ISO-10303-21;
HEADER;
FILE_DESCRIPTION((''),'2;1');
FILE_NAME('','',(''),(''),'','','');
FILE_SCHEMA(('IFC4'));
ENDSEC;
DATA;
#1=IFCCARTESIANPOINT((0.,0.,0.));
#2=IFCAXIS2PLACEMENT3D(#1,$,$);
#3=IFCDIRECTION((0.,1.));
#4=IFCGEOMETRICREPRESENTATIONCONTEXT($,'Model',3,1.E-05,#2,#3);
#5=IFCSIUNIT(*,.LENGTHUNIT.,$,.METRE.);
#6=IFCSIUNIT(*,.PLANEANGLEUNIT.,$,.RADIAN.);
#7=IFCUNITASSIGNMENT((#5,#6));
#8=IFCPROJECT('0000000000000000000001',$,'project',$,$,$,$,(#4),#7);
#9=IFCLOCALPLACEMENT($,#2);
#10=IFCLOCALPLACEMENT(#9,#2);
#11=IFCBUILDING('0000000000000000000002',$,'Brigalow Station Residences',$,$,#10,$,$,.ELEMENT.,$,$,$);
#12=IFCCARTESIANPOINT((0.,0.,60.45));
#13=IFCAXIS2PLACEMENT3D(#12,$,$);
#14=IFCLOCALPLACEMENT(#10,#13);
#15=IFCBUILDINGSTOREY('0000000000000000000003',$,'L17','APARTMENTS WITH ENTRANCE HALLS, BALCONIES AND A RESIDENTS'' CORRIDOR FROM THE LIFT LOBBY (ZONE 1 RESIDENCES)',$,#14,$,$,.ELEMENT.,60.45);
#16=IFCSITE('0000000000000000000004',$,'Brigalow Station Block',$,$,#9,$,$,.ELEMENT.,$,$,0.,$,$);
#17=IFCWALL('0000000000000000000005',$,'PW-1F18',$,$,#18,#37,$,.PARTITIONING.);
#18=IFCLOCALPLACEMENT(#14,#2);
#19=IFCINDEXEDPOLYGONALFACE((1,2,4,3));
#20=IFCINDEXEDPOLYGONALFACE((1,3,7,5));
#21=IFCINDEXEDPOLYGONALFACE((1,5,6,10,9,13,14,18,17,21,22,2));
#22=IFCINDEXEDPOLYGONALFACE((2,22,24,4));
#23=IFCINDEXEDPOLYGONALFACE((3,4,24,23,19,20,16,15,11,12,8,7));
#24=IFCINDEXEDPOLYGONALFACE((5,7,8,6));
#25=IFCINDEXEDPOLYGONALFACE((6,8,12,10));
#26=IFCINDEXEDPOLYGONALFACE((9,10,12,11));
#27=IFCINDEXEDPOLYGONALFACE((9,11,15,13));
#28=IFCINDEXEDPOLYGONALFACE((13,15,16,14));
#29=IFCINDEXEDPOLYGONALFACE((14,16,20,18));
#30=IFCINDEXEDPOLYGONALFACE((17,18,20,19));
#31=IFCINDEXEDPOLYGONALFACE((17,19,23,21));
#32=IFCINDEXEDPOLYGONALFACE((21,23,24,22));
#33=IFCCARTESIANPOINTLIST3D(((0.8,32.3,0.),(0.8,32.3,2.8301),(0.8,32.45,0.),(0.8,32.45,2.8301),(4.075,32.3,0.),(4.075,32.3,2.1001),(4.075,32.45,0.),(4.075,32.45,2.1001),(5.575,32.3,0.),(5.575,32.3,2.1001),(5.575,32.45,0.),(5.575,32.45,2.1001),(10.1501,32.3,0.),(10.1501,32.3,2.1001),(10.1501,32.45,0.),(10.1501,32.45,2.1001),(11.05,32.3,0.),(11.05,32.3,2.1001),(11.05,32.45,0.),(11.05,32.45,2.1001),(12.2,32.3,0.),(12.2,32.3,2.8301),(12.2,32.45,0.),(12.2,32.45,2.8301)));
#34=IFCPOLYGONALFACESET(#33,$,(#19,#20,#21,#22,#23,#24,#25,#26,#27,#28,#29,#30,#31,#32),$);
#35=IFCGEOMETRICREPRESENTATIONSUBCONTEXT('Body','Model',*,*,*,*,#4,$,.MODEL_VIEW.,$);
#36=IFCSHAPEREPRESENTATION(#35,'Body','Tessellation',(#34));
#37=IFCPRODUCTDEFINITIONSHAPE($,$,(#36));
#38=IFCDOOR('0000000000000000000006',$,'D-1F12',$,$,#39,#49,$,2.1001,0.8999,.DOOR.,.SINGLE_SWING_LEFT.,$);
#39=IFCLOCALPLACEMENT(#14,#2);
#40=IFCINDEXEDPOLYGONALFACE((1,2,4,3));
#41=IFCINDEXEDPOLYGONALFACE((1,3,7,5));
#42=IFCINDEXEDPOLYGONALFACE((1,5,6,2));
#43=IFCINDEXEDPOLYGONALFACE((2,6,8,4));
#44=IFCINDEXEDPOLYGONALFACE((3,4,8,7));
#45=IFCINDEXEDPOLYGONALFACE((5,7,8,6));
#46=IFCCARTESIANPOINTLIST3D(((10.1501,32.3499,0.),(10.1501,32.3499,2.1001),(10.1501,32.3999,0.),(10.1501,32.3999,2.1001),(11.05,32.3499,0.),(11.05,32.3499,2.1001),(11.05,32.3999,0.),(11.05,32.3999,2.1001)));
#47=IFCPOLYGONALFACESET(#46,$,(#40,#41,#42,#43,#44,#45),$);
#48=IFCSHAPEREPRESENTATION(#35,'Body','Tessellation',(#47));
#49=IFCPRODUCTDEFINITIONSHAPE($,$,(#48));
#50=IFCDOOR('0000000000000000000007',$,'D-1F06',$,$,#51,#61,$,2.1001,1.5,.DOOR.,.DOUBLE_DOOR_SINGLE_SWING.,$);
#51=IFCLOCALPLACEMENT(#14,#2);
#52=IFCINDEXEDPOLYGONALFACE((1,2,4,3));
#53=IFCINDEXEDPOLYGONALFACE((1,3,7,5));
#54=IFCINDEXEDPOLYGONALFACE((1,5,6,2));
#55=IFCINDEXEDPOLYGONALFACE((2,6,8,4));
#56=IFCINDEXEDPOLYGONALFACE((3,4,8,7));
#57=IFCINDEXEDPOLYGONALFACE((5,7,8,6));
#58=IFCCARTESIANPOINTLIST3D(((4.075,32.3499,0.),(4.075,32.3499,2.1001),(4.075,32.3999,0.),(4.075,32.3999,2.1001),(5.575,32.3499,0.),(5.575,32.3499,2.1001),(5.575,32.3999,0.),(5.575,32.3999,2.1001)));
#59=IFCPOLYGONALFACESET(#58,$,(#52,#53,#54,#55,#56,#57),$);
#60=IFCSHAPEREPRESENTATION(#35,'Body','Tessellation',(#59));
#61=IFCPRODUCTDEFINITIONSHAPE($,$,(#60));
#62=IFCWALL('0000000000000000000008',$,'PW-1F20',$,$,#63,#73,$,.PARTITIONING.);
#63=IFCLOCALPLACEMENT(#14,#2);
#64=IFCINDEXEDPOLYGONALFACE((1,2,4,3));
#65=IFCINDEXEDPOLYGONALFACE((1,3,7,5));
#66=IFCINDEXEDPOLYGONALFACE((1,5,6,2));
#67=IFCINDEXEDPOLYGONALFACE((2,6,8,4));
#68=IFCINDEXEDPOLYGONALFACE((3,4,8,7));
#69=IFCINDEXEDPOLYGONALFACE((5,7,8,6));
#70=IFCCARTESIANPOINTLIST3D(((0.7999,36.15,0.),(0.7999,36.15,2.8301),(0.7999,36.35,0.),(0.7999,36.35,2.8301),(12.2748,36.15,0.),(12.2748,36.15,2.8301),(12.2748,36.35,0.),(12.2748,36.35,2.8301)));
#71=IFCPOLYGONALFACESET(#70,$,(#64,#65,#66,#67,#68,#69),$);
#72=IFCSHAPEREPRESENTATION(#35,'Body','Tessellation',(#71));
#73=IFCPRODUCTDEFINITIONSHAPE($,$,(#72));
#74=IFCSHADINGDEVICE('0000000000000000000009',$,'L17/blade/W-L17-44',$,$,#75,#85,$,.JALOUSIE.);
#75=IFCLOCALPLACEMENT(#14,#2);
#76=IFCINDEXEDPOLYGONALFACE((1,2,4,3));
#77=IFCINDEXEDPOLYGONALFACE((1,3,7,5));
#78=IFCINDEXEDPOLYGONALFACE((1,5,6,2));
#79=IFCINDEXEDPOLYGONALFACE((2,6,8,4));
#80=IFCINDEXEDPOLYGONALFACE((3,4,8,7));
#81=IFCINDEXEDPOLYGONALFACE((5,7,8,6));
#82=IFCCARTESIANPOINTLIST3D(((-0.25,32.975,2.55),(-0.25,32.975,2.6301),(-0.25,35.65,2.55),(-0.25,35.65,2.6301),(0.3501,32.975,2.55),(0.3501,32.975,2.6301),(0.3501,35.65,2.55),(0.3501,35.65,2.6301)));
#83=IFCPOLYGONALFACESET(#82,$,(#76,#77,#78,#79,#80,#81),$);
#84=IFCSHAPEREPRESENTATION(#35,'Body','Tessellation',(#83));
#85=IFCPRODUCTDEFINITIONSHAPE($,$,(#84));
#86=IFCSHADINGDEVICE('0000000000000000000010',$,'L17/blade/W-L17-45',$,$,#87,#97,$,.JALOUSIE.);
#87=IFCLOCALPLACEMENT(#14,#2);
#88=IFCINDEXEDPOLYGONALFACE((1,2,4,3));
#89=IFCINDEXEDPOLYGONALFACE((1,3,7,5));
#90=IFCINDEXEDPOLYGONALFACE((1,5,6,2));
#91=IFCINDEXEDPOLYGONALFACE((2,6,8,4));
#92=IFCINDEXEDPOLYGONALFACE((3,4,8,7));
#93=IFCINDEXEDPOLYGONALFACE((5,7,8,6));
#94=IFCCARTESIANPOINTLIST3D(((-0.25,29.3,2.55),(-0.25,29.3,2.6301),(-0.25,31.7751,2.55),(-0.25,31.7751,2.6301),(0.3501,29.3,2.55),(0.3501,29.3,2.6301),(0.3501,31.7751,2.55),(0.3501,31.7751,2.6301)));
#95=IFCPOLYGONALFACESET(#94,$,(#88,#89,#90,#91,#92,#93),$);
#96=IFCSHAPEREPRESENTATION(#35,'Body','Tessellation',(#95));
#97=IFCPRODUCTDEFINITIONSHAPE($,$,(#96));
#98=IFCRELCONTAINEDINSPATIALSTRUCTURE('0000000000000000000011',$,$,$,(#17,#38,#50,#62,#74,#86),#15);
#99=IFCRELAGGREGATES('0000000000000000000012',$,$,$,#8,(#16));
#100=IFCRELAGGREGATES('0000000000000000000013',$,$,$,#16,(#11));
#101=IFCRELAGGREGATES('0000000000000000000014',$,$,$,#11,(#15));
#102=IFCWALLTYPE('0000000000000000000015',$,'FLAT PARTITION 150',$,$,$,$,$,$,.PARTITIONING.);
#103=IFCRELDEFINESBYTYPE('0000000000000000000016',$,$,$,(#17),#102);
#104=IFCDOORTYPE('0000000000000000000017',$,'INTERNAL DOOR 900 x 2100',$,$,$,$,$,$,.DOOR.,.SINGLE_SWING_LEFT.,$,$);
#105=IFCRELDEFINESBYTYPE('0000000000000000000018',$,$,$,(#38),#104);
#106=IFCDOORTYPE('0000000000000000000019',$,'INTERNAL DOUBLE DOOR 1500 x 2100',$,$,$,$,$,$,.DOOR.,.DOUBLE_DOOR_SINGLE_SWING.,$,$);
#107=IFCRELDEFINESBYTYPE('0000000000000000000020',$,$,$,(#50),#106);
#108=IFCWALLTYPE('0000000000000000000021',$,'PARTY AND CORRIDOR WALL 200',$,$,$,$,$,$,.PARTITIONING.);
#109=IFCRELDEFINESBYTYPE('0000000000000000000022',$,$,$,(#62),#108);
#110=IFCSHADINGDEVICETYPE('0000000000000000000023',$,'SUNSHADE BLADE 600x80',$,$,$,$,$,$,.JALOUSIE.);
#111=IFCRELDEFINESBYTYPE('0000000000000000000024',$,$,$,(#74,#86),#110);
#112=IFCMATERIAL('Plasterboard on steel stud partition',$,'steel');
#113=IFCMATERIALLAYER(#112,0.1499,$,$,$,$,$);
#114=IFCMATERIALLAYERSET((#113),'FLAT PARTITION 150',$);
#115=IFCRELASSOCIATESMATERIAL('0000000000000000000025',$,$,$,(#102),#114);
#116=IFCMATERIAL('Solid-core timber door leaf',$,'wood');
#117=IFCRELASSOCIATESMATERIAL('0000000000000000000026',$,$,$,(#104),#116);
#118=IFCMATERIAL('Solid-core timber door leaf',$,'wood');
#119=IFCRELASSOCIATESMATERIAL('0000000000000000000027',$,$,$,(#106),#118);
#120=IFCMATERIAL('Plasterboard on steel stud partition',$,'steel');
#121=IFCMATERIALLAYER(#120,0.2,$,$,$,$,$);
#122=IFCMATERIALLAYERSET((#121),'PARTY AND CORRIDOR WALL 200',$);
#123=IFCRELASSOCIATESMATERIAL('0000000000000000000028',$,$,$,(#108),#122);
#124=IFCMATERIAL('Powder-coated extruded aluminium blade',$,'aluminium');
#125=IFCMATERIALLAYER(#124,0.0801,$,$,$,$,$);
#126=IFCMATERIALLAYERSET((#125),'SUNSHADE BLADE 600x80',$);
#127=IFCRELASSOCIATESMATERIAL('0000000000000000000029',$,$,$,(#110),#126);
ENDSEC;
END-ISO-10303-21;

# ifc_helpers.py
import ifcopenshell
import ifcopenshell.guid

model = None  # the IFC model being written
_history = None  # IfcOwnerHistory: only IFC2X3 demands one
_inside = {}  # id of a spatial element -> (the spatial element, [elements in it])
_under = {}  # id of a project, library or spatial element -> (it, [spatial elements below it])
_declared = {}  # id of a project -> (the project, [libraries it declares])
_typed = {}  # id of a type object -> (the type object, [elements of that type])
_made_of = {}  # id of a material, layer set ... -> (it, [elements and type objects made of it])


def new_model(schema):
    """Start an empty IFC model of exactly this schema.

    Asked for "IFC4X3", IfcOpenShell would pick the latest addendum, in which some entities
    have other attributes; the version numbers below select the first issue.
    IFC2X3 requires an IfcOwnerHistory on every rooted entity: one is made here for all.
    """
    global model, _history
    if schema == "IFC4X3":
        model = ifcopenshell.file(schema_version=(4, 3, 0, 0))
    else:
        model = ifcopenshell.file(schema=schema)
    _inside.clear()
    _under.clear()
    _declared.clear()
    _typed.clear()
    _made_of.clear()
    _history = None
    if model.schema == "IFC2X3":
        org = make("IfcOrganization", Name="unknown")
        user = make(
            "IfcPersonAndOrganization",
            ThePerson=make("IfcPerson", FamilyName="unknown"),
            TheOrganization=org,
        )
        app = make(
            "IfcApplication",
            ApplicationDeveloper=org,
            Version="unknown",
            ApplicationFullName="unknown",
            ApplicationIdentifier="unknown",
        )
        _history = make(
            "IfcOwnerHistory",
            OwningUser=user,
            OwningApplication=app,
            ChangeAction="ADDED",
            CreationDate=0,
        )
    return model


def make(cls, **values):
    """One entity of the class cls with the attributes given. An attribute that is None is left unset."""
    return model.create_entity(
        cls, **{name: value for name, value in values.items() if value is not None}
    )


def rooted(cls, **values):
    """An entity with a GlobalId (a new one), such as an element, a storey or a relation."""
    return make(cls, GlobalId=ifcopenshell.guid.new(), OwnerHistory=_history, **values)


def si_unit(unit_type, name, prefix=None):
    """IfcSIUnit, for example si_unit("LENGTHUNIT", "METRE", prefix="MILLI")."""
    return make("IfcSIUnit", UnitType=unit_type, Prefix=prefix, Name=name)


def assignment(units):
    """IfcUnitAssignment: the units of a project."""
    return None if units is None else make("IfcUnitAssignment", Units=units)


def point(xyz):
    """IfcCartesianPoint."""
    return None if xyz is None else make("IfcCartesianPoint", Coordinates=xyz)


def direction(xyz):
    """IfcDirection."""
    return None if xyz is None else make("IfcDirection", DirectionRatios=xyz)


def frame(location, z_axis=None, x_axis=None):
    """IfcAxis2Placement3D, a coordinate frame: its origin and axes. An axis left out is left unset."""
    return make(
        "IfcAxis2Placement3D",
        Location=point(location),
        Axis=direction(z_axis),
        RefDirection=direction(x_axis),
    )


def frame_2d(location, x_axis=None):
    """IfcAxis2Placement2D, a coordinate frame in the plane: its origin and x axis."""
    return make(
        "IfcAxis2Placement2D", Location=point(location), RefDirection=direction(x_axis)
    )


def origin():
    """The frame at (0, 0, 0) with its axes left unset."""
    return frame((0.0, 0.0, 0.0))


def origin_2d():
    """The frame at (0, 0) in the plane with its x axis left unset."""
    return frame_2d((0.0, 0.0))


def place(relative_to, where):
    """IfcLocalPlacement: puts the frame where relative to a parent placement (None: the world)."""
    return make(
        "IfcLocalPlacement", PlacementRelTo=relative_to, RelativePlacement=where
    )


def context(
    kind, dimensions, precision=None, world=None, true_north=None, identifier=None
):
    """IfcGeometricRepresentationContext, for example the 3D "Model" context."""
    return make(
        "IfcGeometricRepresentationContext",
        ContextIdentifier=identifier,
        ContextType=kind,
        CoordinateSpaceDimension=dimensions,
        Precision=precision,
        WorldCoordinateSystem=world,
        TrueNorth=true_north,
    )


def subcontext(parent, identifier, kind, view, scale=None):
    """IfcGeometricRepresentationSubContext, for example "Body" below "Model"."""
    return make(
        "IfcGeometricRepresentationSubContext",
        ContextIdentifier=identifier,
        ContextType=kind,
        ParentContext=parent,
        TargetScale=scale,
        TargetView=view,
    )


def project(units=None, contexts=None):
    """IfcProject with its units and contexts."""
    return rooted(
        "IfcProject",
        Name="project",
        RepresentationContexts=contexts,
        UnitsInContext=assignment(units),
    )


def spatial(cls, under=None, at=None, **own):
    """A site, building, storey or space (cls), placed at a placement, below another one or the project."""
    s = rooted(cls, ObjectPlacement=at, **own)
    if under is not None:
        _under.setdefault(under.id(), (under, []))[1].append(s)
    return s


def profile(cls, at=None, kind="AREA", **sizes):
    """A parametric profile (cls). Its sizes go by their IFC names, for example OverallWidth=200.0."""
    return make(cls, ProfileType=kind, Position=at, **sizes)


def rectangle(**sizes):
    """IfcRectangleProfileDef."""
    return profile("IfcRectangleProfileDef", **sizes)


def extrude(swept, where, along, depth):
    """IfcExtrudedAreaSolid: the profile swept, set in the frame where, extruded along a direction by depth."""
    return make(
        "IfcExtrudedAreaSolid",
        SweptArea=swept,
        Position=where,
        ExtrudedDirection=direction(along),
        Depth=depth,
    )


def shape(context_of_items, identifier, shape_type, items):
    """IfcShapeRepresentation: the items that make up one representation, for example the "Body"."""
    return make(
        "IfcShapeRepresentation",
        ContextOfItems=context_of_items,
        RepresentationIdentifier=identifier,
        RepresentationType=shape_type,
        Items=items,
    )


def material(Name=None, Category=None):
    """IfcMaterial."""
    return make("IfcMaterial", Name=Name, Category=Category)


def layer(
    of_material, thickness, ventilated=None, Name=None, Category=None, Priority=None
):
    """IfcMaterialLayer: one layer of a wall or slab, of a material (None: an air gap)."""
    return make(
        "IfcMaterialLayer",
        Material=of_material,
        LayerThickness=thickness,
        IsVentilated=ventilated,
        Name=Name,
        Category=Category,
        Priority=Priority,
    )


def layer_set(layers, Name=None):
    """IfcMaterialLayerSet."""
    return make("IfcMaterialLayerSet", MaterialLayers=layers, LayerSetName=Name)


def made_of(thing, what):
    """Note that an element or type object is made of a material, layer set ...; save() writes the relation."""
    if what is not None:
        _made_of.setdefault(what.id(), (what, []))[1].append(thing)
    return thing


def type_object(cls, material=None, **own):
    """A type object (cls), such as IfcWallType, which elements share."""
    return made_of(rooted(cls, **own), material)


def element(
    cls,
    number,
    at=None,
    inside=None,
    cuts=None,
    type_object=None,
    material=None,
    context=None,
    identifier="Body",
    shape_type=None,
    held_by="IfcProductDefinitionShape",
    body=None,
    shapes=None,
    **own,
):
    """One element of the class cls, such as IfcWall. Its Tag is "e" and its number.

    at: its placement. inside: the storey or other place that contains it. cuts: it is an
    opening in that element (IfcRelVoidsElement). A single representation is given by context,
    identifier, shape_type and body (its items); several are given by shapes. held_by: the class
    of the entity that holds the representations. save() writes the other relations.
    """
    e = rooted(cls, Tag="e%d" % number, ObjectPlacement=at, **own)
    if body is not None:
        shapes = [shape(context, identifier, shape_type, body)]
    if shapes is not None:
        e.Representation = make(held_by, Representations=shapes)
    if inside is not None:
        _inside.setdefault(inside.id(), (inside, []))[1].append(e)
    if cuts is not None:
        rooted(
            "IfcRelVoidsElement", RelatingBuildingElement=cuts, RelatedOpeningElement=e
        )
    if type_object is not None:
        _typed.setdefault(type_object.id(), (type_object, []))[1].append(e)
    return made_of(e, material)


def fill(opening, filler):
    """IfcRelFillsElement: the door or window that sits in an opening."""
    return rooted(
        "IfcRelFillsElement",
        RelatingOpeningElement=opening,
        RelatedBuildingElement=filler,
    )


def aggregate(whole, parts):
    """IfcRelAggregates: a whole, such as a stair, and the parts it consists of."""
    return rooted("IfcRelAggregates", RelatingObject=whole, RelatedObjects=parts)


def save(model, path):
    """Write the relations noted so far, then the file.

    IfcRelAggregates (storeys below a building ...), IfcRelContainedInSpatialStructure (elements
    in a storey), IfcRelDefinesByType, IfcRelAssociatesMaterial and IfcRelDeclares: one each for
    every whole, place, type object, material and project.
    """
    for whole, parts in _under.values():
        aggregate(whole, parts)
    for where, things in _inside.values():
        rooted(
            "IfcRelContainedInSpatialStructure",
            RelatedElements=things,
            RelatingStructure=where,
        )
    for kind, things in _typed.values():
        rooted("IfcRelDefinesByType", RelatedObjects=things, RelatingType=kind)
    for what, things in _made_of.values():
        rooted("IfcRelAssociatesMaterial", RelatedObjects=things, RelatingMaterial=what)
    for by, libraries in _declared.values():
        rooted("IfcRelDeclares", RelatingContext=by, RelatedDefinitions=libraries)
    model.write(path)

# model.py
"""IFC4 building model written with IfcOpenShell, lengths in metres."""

from ifc_helpers import new_model, si_unit, direction, frame, frame_2d, origin, origin_2d, place, context, subcontext, project, spatial, rectangle, extrude, material, layer, layer_set, type_object, element, fill, save


model = new_model("IFC4")

# Units and contexts
model_context = context("Model", 3, precision=1e-05, world=origin(), true_north=direction((0.0, 1.0)))
body_context = subcontext(model_context, "Body", "Model", "MODEL_VIEW")
ifc_project = project(units=[si_unit("LENGTHUNIT", "METRE"), si_unit("PLANEANGLEUNIT", "RADIAN")], contexts=[model_context])

# Site, building, storey
site_placement = place(None, origin())
site = spatial("IfcSite", under=ifc_project, at=site_placement, Name="Brigalow Station Block", CompositionType="ELEMENT", RefElevation=0.0)
building_placement = place(site_placement, origin())
building = spatial("IfcBuilding", under=site, at=building_placement, Name="Brigalow Station Residences", CompositionType="ELEMENT")
storey_placement = place(building_placement, frame((0.0, 0.0, 60.45)))
storey = spatial("IfcBuildingStorey", under=building, at=storey_placement, Name="L17", Description="APARTMENTS WITH ENTRANCE HALLS, BALCONIES AND A RESIDENTS' CORRIDOR FROM THE LIFT LOBBY (ZONE 1 RESIDENCES)", CompositionType="ELEMENT", Elevation=60.45)

# Wall, openings, doors
ifc_material_1 = material(Name="Plasterboard on steel stud partition", Category="steel")
ifc_layer_1 = layer(ifc_material_1, 0.1499)
ifc_layer_set_1 = layer_set([ifc_layer_1], Name="FLAT PARTITION 150")
wall_type_1 = type_object("IfcWallType", Name="FLAT PARTITION 150", PredefinedType="PARTITIONING", material=ifc_layer_set_1)
wall_1_placement = place(storey_placement, frame((0.8, 32.375, 0.0), z_axis=(0.0, 0.0, 1.0), x_axis=(1.0, 0.0, 0.0)))
wall_1 = element("IfcWall", 1, at=wall_1_placement, inside=storey, type_object=wall_type_1, Name="PW-1F18", PredefinedType="PARTITIONING", context=body_context, shape_type="SweptSolid", body=[
    extrude(rectangle(XDim=11.3999, YDim=0.1499, at=frame_2d((5.7, 0.0))), origin(), (0.0, 0.0, 1.0), 2.8301),
])
opening_1_placement = place(wall_1_placement, frame((3.2749, 0.0, 0.0)))
opening_1 = element("IfcOpeningElement", 2, at=opening_1_placement, cuts=wall_1, PredefinedType="OPENING", context=body_context, shape_type="SweptSolid", body=[
    extrude(rectangle(XDim=1.5, YDim=2.1001, at=frame_2d((0.75, 1.05))), frame((0.0, 0.085, 0.0), z_axis=(0.0, -1.0, 0.0), x_axis=(1.0, 0.0, 0.0)), (0.0, 0.0, 1.0), 0.1699),
])
opening_2_placement = place(wall_1_placement, frame((9.3501, 0.0, 0.0)))
opening_2 = element("IfcOpeningElement", 3, at=opening_2_placement, cuts=wall_1, PredefinedType="OPENING", context=body_context, shape_type="SweptSolid", body=[
    extrude(rectangle(XDim=0.8999, YDim=2.1001, at=frame_2d((0.45, 1.05))), frame((0.0, 0.085, 0.0), z_axis=(0.0, -1.0, 0.0), x_axis=(1.0, 0.0, 0.0)), (0.0, 0.0, 1.0), 0.1699),
])
ifc_material_2 = material(Name="Solid-core timber door leaf", Category="wood")
door_type_1 = type_object("IfcDoorType", Name="INTERNAL DOOR 900 x 2100", OperationType="SINGLE_SWING_LEFT", PredefinedType="DOOR", material=ifc_material_2)
door_1_placement = place(opening_2_placement, origin())
door_1 = element("IfcDoor", 4, at=door_1_placement, inside=storey, type_object=door_type_1, Name="D-1F12", OperationType="SINGLE_SWING_LEFT", OverallHeight=2.1001, OverallWidth=0.8999, PredefinedType="DOOR", context=body_context, shape_type="SweptSolid", body=[
    extrude(rectangle(XDim=0.8999, YDim=2.1001, at=frame_2d((0.45, 1.05))), frame((0.0, 0.0249, 0.0), z_axis=(0.0, -1.0, 0.0), x_axis=(1.0, 0.0, 0.0)), (0.0, 0.0, 1.0), 0.05),
])
fill(opening_2, door_1)
ifc_material_3 = material(Name="Solid-core timber door leaf", Category="wood")
door_type_2 = type_object("IfcDoorType", Name="INTERNAL DOUBLE DOOR 1500 x 2100", OperationType="DOUBLE_DOOR_SINGLE_SWING", PredefinedType="DOOR", material=ifc_material_3)
door_2_placement = place(opening_1_placement, origin())
door_2 = element("IfcDoor", 5, at=door_2_placement, inside=storey, type_object=door_type_2, Name="D-1F06", OperationType="DOUBLE_DOOR_SINGLE_SWING", OverallHeight=2.1001, OverallWidth=1.5, PredefinedType="DOOR", context=body_context, shape_type="SweptSolid", body=[
    extrude(rectangle(XDim=1.5, YDim=2.1001, at=frame_2d((0.75, 1.05))), frame((0.0, 0.0249, 0.0), z_axis=(0.0, -1.0, 0.0), x_axis=(1.0, 0.0, 0.0)), (0.0, 0.0, 1.0), 0.05),
])
fill(opening_1, door_2)

# Wall
ifc_material_4 = material(Name="Plasterboard on steel stud partition", Category="steel")
ifc_layer_2 = layer(ifc_material_4, 0.2)
ifc_layer_set_2 = layer_set([ifc_layer_2], Name="PARTY AND CORRIDOR WALL 200")
wall_type_2 = type_object("IfcWallType", Name="PARTY AND CORRIDOR WALL 200", PredefinedType="PARTITIONING", material=ifc_layer_set_2)
wall_2_placement = place(storey_placement, frame((0.8, 36.25, 0.0), z_axis=(0.0, 0.0, 1.0), x_axis=(1.0, 0.0, 0.0)))
element("IfcWall", 6, at=wall_2_placement, inside=storey, type_object=wall_type_2, Name="PW-1F20", PredefinedType="PARTITIONING", context=body_context, shape_type="SweptSolid", body=[
    extrude(rectangle(XDim=11.4749, YDim=0.2, at=frame_2d((5.7373, 0.0))), origin(), (0.0, 0.0, 1.0), 2.8301),
])

# Shading devices
ifc_material_5 = material(Name="Powder-coated extruded aluminium blade", Category="aluminium")
ifc_layer_3 = layer(ifc_material_5, 0.0801)
ifc_layer_set_3 = layer_set([ifc_layer_3], Name="SUNSHADE BLADE 600x80")
shading_device_type = type_object("IfcShadingDeviceType", Name="SUNSHADE BLADE 600x80", PredefinedType="JALOUSIE", material=ifc_layer_set_3)
shading_device_1_placement = place(storey_placement, frame((0.05, 34.3125, 2.55), z_axis=(0.0, 0.0, 1.0), x_axis=(0.0, -1.0, 0.0)))
element("IfcShadingDevice", 7, at=shading_device_1_placement, inside=storey, type_object=shading_device_type, Name="L17/blade/W-L17-44", PredefinedType="JALOUSIE", context=body_context, shape_type="SweptSolid", body=[
    extrude(rectangle(XDim=2.675, YDim=0.6001, at=origin_2d()), origin(), (0.0, 0.0, 1.0), 0.0801),
])
shading_device_2_placement = place(storey_placement, frame((0.05, 30.5376, 2.55), z_axis=(0.0, 0.0, 1.0), x_axis=(0.0, -1.0, 0.0)))
element("IfcShadingDevice", 8, at=shading_device_2_placement, inside=storey, type_object=shading_device_type, Name="L17/blade/W-L17-45", PredefinedType="JALOUSIE", context=body_context, shape_type="SweptSolid", body=[
    extrude(rectangle(XDim=2.4751, YDim=0.6001, at=origin_2d()), origin(), (0.0, 0.0, 1.0), 0.0801),
])

save(model, "model.ifc")
